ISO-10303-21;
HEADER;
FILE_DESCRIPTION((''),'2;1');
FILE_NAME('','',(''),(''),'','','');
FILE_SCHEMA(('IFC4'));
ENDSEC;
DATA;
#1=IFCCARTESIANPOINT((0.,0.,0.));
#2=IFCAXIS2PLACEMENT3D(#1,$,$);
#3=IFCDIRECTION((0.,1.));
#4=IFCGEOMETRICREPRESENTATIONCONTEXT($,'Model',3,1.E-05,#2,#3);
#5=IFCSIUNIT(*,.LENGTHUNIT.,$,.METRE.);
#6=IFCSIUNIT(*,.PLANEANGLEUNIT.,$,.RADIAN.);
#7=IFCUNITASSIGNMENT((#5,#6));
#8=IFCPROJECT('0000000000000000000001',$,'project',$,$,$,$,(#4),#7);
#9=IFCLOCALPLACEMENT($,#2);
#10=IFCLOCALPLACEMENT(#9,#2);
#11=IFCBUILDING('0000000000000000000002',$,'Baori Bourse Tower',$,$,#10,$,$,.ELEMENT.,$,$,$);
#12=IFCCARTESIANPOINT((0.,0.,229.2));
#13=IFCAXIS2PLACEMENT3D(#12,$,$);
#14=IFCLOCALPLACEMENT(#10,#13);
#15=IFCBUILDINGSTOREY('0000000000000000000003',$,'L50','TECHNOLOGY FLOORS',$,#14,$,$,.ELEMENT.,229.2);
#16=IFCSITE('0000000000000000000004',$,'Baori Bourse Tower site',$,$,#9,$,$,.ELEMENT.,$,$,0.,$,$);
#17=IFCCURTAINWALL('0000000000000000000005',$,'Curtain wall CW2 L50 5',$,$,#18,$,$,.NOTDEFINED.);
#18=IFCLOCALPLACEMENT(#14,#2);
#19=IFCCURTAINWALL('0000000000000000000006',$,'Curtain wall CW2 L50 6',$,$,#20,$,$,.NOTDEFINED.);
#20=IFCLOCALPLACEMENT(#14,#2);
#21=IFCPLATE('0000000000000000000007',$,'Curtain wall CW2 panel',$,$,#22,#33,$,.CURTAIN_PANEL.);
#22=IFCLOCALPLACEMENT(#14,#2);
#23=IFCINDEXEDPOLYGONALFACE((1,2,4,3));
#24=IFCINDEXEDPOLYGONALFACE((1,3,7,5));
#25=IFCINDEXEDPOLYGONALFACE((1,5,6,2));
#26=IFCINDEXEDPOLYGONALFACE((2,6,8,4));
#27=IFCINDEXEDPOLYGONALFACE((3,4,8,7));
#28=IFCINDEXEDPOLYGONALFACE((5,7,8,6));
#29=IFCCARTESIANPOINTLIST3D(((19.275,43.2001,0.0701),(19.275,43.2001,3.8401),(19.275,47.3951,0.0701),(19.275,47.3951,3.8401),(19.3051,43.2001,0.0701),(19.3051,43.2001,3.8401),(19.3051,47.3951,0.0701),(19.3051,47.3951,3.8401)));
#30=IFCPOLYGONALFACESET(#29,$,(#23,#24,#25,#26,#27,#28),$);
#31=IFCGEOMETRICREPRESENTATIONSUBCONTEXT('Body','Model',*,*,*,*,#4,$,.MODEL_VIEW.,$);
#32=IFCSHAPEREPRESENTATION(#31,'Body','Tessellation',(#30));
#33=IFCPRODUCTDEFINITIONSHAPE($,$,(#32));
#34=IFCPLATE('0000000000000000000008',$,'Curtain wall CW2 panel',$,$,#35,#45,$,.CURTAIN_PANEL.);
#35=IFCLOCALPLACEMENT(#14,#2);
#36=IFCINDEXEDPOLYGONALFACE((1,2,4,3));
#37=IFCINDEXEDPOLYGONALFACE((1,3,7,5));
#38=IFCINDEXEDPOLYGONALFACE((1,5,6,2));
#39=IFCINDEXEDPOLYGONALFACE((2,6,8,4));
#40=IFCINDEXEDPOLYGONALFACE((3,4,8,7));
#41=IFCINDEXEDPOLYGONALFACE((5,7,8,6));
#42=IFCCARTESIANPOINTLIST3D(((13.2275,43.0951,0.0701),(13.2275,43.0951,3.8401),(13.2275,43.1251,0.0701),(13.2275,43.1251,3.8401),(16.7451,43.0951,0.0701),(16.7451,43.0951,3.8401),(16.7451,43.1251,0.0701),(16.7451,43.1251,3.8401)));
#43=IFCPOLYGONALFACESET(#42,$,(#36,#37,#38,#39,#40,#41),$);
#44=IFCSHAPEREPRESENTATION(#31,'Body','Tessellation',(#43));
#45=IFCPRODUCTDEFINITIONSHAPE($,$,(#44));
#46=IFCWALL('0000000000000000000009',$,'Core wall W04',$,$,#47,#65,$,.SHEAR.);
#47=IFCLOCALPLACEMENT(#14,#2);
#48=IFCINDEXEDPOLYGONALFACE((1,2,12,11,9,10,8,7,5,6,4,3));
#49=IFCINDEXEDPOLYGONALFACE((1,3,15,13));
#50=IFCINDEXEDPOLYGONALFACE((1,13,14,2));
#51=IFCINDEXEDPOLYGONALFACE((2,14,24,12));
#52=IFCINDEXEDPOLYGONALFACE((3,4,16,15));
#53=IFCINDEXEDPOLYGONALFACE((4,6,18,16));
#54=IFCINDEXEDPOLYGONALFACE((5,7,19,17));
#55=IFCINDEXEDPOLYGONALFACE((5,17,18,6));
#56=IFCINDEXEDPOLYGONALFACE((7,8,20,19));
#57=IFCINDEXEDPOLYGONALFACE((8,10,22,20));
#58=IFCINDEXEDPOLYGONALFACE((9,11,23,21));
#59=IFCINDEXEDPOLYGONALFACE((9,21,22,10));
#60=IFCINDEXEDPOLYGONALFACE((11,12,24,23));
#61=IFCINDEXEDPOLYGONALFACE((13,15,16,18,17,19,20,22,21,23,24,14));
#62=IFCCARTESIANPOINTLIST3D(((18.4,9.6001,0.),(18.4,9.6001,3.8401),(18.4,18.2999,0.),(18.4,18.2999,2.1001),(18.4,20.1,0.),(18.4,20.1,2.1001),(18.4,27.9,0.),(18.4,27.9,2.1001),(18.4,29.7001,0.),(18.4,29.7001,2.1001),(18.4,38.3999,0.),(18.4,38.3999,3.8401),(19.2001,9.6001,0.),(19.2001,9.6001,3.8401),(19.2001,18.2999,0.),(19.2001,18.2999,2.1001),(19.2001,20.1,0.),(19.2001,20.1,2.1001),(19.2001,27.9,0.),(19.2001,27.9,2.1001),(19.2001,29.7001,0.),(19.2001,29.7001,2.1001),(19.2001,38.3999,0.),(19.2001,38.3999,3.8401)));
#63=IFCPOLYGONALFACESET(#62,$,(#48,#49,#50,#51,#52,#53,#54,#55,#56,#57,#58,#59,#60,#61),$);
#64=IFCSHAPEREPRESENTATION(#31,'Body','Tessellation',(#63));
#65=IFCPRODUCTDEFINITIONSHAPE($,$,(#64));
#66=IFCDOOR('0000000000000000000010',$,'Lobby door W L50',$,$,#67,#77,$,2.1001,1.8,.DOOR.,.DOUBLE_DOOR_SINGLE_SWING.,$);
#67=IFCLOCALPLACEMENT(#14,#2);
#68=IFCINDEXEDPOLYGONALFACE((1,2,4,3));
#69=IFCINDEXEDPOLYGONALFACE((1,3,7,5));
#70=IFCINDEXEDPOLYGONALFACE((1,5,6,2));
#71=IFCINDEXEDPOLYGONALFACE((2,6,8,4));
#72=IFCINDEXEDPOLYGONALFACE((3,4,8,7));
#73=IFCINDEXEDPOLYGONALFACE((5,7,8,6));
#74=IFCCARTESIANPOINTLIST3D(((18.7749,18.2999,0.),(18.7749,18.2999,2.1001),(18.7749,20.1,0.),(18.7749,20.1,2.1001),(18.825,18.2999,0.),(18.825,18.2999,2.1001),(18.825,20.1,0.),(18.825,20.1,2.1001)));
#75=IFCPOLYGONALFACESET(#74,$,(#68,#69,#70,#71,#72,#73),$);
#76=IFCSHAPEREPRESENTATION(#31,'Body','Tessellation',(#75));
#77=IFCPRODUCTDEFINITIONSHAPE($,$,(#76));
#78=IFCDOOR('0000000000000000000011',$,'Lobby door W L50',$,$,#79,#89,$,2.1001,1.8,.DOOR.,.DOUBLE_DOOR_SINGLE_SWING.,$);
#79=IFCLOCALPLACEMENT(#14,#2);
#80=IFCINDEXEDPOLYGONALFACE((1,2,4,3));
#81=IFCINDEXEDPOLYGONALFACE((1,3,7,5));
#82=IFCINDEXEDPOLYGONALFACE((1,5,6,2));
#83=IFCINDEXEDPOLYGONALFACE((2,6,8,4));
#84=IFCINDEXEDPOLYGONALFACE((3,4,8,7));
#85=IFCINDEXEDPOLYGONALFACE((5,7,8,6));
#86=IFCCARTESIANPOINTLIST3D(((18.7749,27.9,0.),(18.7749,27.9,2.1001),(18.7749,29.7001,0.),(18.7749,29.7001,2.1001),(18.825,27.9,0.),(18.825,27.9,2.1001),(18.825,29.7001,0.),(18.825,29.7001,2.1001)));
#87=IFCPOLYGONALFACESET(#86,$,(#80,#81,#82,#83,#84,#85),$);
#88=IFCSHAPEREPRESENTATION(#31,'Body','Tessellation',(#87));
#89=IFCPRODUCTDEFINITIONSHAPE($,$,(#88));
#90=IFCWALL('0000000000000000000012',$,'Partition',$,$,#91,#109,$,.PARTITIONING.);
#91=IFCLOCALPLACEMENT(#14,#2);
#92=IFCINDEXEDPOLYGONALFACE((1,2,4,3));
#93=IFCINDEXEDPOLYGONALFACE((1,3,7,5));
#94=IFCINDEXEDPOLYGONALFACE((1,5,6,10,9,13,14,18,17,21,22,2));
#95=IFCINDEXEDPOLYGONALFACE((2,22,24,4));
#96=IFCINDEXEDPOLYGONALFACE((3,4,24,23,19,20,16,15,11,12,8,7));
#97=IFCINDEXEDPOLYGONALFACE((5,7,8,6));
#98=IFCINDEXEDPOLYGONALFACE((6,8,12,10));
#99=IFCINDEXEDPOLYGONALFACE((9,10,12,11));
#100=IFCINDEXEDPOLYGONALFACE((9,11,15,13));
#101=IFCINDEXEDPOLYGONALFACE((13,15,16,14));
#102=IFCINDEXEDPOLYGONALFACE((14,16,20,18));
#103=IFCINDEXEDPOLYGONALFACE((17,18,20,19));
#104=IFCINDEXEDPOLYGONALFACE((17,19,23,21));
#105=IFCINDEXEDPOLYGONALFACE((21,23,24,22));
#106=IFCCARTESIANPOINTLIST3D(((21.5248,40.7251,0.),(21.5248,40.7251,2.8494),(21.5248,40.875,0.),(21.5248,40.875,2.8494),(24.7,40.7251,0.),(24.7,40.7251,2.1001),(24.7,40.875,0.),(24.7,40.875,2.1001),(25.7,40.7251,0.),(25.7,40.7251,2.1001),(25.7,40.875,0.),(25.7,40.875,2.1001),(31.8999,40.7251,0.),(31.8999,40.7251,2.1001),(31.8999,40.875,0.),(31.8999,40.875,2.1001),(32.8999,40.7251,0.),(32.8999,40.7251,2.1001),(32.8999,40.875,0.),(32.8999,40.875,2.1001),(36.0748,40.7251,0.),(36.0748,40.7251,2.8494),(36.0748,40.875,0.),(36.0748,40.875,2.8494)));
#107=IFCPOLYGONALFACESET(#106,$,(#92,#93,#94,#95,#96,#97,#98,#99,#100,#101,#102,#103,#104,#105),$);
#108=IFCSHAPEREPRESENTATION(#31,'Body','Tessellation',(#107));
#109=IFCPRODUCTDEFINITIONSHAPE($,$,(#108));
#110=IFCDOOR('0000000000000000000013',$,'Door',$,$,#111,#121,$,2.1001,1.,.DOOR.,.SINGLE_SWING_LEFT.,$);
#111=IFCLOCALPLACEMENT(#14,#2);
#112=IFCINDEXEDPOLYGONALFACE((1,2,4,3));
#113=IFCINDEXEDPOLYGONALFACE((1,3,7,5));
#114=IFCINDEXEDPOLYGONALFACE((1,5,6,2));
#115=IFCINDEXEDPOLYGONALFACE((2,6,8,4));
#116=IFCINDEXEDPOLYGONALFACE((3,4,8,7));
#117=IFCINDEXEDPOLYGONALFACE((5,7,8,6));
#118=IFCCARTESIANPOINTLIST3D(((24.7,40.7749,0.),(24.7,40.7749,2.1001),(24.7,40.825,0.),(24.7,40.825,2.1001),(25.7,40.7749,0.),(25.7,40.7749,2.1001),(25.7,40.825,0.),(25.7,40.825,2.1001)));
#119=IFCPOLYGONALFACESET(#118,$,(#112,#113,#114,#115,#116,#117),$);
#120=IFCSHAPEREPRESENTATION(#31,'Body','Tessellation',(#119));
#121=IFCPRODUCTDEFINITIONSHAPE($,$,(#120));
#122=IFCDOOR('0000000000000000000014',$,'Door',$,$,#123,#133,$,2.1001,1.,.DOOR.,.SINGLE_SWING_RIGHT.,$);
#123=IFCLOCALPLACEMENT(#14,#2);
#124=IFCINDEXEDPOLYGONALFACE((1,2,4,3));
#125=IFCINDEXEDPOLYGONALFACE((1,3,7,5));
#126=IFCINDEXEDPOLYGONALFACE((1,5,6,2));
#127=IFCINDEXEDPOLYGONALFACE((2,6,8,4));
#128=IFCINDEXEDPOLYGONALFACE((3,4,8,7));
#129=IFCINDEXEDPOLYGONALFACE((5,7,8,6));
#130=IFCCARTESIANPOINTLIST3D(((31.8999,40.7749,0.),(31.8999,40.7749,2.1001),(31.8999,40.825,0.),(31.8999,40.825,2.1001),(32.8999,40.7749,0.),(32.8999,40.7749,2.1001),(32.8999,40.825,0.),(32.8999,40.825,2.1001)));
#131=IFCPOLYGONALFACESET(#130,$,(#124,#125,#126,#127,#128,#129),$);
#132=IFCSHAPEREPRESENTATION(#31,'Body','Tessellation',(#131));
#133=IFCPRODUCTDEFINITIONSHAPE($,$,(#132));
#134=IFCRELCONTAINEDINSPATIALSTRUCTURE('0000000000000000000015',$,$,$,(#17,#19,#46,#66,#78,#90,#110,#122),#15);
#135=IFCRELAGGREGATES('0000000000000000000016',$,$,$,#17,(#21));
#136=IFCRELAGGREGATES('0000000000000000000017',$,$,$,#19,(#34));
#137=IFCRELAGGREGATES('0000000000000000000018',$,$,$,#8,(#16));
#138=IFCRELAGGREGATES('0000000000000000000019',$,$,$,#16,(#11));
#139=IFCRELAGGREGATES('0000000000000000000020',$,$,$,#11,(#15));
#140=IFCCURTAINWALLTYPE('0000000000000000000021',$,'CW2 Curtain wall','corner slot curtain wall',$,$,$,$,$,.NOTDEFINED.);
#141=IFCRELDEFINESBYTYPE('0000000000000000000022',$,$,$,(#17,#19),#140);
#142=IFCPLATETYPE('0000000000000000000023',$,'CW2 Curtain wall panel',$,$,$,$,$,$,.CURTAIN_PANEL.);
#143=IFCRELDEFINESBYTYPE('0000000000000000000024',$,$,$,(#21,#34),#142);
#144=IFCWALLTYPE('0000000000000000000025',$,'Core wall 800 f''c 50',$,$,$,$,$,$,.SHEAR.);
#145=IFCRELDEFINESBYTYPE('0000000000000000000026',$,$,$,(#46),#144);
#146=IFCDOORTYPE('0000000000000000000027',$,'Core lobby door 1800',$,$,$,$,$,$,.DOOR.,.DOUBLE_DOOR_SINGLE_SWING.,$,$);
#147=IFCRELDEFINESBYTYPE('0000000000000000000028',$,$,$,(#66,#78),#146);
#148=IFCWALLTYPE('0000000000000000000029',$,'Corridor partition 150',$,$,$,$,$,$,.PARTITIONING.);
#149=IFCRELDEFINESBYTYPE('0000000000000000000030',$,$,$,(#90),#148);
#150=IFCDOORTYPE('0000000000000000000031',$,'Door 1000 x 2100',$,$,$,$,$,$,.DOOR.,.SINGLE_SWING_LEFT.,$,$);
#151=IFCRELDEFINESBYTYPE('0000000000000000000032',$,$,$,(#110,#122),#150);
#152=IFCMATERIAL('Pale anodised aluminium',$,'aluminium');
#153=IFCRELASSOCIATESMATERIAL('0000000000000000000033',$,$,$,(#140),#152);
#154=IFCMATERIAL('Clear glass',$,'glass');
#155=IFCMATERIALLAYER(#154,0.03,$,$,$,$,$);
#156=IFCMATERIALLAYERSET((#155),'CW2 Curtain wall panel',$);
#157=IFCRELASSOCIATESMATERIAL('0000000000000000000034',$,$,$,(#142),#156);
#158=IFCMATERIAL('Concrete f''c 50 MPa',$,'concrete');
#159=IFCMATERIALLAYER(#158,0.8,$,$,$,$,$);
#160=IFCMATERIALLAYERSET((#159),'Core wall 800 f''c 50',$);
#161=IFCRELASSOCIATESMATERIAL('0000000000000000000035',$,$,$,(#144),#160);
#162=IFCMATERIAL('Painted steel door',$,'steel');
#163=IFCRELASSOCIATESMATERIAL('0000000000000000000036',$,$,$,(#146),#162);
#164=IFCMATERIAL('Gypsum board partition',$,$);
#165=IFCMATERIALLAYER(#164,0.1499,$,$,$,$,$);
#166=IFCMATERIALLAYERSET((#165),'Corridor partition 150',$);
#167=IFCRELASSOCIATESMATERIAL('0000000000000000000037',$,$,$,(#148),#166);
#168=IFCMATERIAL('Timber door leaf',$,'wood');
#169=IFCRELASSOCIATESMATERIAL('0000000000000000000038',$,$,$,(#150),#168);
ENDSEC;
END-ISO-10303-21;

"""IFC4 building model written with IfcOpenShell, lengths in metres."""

from ifc_helpers import new_model, si_unit, direction, frame, frame_2d, origin, origin_2d, place, context, subcontext, project, spatial, rectangle, extrude, material, layer, layer_set, type_object, element, fill, aggregate, save


model = new_model("IFC4")

# Units and contexts
model_context = context("Model", 3, precision=1e-05, world=origin(), true_north=direction((0.0, 1.0)))
body_context = subcontext(model_context, "Body", "Model", "MODEL_VIEW")
ifc_project = project(units=[si_unit("LENGTHUNIT", "METRE"), si_unit("PLANEANGLEUNIT", "RADIAN")], contexts=[model_context])

# Site, building, storey
site_placement = place(None, origin())
site = spatial("IfcSite", under=ifc_project, at=site_placement, Name="Baori Bourse Tower site", CompositionType="ELEMENT", RefElevation=0.0)
building_placement = place(site_placement, origin())
building = spatial("IfcBuilding", under=site, at=building_placement, Name="Baori Bourse Tower", CompositionType="ELEMENT")
storey_placement = place(building_placement, frame((0.0, 0.0, 229.2)))
storey = spatial("IfcBuildingStorey", under=building, at=storey_placement, Name="L50", Description="TECHNOLOGY FLOORS", CompositionType="ELEMENT", Elevation=229.2)

# Curtain walls
ifc_material_1 = material(Name="Pale anodised aluminium", Category="aluminium")
curtain_wall_type = type_object("IfcCurtainWallType", Name="CW2 Curtain wall", Description="corner slot curtain wall", PredefinedType="NOTDEFINED", material=ifc_material_1)
curtain_wall_1_placement = place(storey_placement, origin())
curtain_wall_1 = element("IfcCurtainWall", 1, at=curtain_wall_1_placement, inside=storey, type_object=curtain_wall_type, Name="Curtain wall CW2 L50 5", PredefinedType="NOTDEFINED")
curtain_wall_2_placement = place(storey_placement, origin())
curtain_wall_2 = element("IfcCurtainWall", 2, at=curtain_wall_2_placement, inside=storey, type_object=curtain_wall_type, Name="Curtain wall CW2 L50 6", PredefinedType="NOTDEFINED")

# Plates
ifc_material_2 = material(Name="Clear glass", Category="glass")
ifc_layer_1 = layer(ifc_material_2, 0.03)
ifc_layer_set_1 = layer_set([ifc_layer_1], Name="CW2 Curtain wall panel")
plate_type = type_object("IfcPlateType", Name="CW2 Curtain wall panel", PredefinedType="CURTAIN_PANEL", material=ifc_layer_set_1)
plate_1_placement = place(storey_placement, frame((19.29, 45.2976, 0.0701), z_axis=(0.0, 0.0, 1.0), x_axis=(0.0, -1.0, 0.0)))
plate_1 = element("IfcPlate", 3, at=plate_1_placement, type_object=plate_type, Name="Curtain wall CW2 panel", PredefinedType="CURTAIN_PANEL", context=body_context, shape_type="SweptSolid", body=[
    extrude(rectangle(XDim=4.1951, YDim=0.03, at=origin_2d()), origin(), (0.0, 0.0, 1.0), 3.77),
])
aggregate(curtain_wall_1, [plate_1])
plate_2_placement = place(storey_placement, frame((14.9863, 43.1101, 0.0701), z_axis=(0.0, 0.0, 1.0), x_axis=(-1.0, 0.0, 0.0)))
plate_2 = element("IfcPlate", 4, at=plate_2_placement, type_object=plate_type, Name="Curtain wall CW2 panel", PredefinedType="CURTAIN_PANEL", context=body_context, shape_type="SweptSolid", body=[
    extrude(rectangle(XDim=3.5176, YDim=0.03, at=origin_2d()), origin(), (0.0, 0.0, 1.0), 3.77),
])
aggregate(curtain_wall_2, [plate_2])

# Walls, openings, doors
ifc_material_3 = material(Name="Concrete f'c 50 MPa", Category="concrete")
ifc_layer_2 = layer(ifc_material_3, 0.8)
ifc_layer_set_2 = layer_set([ifc_layer_2], Name="Core wall 800 f'c 50")
wall_type_1 = type_object("IfcWallType", Name="Core wall 800 f'c 50", PredefinedType="SHEAR", material=ifc_layer_set_2)
wall_1_placement = place(storey_placement, frame((18.8, 38.3999, 0.0), z_axis=(0.0, 0.0, 1.0), x_axis=(0.0, -1.0, 0.0)))
wall_1 = element("IfcWall", 5, at=wall_1_placement, inside=storey, type_object=wall_type_1, Name="Core wall W04", PredefinedType="SHEAR", context=body_context, shape_type="SweptSolid", body=[
    extrude(rectangle(XDim=28.7998, YDim=0.8, at=frame_2d((14.3999, 0.0))), origin(), (0.0, 0.0, 1.0), 3.8401),
])
opening_1_placement = place(wall_1_placement, frame((18.3, 0.0, 0.0)))
opening_1 = element("IfcOpeningElement", 6, at=opening_1_placement, cuts=wall_1, PredefinedType="OPENING", context=body_context, shape_type="SweptSolid", body=[
    extrude(rectangle(XDim=1.8, YDim=2.1001, at=frame_2d((0.8999, 1.05))), frame((0.0, 0.4099, 0.0), z_axis=(0.0, -1.0, 0.0), x_axis=(1.0, 0.0, 0.0)), (0.0, 0.0, 1.0), 0.8201),
])
opening_2_placement = place(wall_1_placement, frame((8.7, 0.0, 0.0)))
opening_2 = element("IfcOpeningElement", 7, at=opening_2_placement, cuts=wall_1, PredefinedType="OPENING", context=body_context, shape_type="SweptSolid", body=[
    extrude(rectangle(XDim=1.8, YDim=2.1001, at=frame_2d((0.8999, 1.05))), frame((0.0, 0.4099, 0.0), z_axis=(0.0, -1.0, 0.0), x_axis=(1.0, 0.0, 0.0)), (0.0, 0.0, 1.0), 0.8201),
])
ifc_material_4 = material(Name="Painted steel door", Category="steel")
door_type_1 = type_object("IfcDoorType", Name="Core lobby door 1800", OperationType="DOUBLE_DOOR_SINGLE_SWING", PredefinedType="DOOR", material=ifc_material_4)
door_1_placement = place(opening_1_placement, origin())
door_1 = element("IfcDoor", 8, at=door_1_placement, inside=storey, type_object=door_type_1, Name="Lobby door W L50", OperationType="DOUBLE_DOOR_SINGLE_SWING", OverallHeight=2.1001, OverallWidth=1.8, PredefinedType="DOOR", context=body_context, shape_type="SweptSolid", body=[
    extrude(rectangle(XDim=1.8, YDim=2.1001, at=frame_2d((0.8999, 1.05))), frame((0.0, 0.0249, 0.0), z_axis=(0.0, -1.0, 0.0), x_axis=(1.0, 0.0, 0.0)), (0.0, 0.0, 1.0), 0.05),
])
fill(opening_1, door_1)
door_2_placement = place(opening_2_placement, origin())
door_2 = element("IfcDoor", 9, at=door_2_placement, inside=storey, type_object=door_type_1, Name="Lobby door W L50", OperationType="DOUBLE_DOOR_SINGLE_SWING", OverallHeight=2.1001, OverallWidth=1.8, PredefinedType="DOOR", context=body_context, shape_type="SweptSolid", body=[
    extrude(rectangle(XDim=1.8, YDim=2.1001, at=frame_2d((0.8999, 1.05))), frame((0.0, 0.0249, 0.0), z_axis=(0.0, -1.0, 0.0), x_axis=(1.0, 0.0, 0.0)), (0.0, 0.0, 1.0), 0.05),
])
fill(opening_2, door_2)
ifc_material_5 = material(Name="Gypsum board partition")
ifc_layer_3 = layer(ifc_material_5, 0.1499)
ifc_layer_set_3 = layer_set([ifc_layer_3], Name="Corridor partition 150")
wall_type_2 = type_object("IfcWallType", Name="Corridor partition 150", PredefinedType="PARTITIONING", material=ifc_layer_set_3)
wall_2_placement = place(storey_placement, frame((21.5249, 40.8, 0.0), z_axis=(0.0, 0.0, 1.0), x_axis=(1.0, 0.0, 0.0)))
wall_2 = element("IfcWall", 10, at=wall_2_placement, inside=storey, type_object=wall_type_2, Name="Partition", PredefinedType="PARTITIONING", context=body_context, shape_type="SweptSolid", body=[
    extrude(rectangle(XDim=14.55, YDim=0.1499, at=frame_2d((7.2749, 0.0))), origin(), (0.0, 0.0, 1.0), 2.8494),
])
opening_3_placement = place(wall_2_placement, frame((3.175, 0.0, 0.0)))
opening_3 = element("IfcOpeningElement", 11, at=opening_3_placement, cuts=wall_2, PredefinedType="OPENING", context=body_context, shape_type="SweptSolid", body=[
    extrude(rectangle(XDim=1.0, YDim=2.1001, at=frame_2d((0.5, 1.05))), frame((0.0, 0.085, 0.0), z_axis=(0.0, -1.0, 0.0), x_axis=(1.0, 0.0, 0.0)), (0.0, 0.0, 1.0), 0.1699),
])
opening_4_placement = place(wall_2_placement, frame((10.375, 0.0, 0.0)))
opening_4 = element("IfcOpeningElement", 12, at=opening_4_placement, cuts=wall_2, PredefinedType="OPENING", context=body_context, shape_type="SweptSolid", body=[
    extrude(rectangle(XDim=1.0, YDim=2.1001, at=frame_2d((0.5, 1.05))), frame((0.0, 0.085, 0.0), z_axis=(0.0, -1.0, 0.0), x_axis=(1.0, 0.0, 0.0)), (0.0, 0.0, 1.0), 0.1699),
])
ifc_material_6 = material(Name="Timber door leaf", Category="wood")
door_type_2 = type_object("IfcDoorType", Name="Door 1000 x 2100", OperationType="SINGLE_SWING_LEFT", PredefinedType="DOOR", material=ifc_material_6)
door_3_placement = place(opening_3_placement, origin())
door_3 = element("IfcDoor", 13, at=door_3_placement, inside=storey, type_object=door_type_2, Name="Door", OperationType="SINGLE_SWING_LEFT", OverallHeight=2.1001, OverallWidth=1.0, PredefinedType="DOOR", context=body_context, shape_type="SweptSolid", body=[
    extrude(rectangle(XDim=1.0, YDim=2.1001, at=frame_2d((0.5, 1.05))), frame((0.0, 0.0249, 0.0), z_axis=(0.0, -1.0, 0.0), x_axis=(1.0, 0.0, 0.0)), (0.0, 0.0, 1.0), 0.05),
])
fill(opening_3, door_3)
door_4_placement = place(opening_4_placement, origin())
door_4 = element("IfcDoor", 14, at=door_4_placement, inside=storey, type_object=door_type_2, Name="Door", OperationType="SINGLE_SWING_RIGHT", OverallHeight=2.1001, OverallWidth=1.0, PredefinedType="DOOR", context=body_context, shape_type="SweptSolid", body=[
    extrude(rectangle(XDim=1.0, YDim=2.1001, at=frame_2d((0.5, 1.05))), frame((0.0, 0.0249, 0.0), z_axis=(0.0, -1.0, 0.0), x_axis=(1.0, 0.0, 0.0)), (0.0, 0.0, 1.0), 0.05),
])
fill(opening_4, door_4)

save(model, "model.ifc")
